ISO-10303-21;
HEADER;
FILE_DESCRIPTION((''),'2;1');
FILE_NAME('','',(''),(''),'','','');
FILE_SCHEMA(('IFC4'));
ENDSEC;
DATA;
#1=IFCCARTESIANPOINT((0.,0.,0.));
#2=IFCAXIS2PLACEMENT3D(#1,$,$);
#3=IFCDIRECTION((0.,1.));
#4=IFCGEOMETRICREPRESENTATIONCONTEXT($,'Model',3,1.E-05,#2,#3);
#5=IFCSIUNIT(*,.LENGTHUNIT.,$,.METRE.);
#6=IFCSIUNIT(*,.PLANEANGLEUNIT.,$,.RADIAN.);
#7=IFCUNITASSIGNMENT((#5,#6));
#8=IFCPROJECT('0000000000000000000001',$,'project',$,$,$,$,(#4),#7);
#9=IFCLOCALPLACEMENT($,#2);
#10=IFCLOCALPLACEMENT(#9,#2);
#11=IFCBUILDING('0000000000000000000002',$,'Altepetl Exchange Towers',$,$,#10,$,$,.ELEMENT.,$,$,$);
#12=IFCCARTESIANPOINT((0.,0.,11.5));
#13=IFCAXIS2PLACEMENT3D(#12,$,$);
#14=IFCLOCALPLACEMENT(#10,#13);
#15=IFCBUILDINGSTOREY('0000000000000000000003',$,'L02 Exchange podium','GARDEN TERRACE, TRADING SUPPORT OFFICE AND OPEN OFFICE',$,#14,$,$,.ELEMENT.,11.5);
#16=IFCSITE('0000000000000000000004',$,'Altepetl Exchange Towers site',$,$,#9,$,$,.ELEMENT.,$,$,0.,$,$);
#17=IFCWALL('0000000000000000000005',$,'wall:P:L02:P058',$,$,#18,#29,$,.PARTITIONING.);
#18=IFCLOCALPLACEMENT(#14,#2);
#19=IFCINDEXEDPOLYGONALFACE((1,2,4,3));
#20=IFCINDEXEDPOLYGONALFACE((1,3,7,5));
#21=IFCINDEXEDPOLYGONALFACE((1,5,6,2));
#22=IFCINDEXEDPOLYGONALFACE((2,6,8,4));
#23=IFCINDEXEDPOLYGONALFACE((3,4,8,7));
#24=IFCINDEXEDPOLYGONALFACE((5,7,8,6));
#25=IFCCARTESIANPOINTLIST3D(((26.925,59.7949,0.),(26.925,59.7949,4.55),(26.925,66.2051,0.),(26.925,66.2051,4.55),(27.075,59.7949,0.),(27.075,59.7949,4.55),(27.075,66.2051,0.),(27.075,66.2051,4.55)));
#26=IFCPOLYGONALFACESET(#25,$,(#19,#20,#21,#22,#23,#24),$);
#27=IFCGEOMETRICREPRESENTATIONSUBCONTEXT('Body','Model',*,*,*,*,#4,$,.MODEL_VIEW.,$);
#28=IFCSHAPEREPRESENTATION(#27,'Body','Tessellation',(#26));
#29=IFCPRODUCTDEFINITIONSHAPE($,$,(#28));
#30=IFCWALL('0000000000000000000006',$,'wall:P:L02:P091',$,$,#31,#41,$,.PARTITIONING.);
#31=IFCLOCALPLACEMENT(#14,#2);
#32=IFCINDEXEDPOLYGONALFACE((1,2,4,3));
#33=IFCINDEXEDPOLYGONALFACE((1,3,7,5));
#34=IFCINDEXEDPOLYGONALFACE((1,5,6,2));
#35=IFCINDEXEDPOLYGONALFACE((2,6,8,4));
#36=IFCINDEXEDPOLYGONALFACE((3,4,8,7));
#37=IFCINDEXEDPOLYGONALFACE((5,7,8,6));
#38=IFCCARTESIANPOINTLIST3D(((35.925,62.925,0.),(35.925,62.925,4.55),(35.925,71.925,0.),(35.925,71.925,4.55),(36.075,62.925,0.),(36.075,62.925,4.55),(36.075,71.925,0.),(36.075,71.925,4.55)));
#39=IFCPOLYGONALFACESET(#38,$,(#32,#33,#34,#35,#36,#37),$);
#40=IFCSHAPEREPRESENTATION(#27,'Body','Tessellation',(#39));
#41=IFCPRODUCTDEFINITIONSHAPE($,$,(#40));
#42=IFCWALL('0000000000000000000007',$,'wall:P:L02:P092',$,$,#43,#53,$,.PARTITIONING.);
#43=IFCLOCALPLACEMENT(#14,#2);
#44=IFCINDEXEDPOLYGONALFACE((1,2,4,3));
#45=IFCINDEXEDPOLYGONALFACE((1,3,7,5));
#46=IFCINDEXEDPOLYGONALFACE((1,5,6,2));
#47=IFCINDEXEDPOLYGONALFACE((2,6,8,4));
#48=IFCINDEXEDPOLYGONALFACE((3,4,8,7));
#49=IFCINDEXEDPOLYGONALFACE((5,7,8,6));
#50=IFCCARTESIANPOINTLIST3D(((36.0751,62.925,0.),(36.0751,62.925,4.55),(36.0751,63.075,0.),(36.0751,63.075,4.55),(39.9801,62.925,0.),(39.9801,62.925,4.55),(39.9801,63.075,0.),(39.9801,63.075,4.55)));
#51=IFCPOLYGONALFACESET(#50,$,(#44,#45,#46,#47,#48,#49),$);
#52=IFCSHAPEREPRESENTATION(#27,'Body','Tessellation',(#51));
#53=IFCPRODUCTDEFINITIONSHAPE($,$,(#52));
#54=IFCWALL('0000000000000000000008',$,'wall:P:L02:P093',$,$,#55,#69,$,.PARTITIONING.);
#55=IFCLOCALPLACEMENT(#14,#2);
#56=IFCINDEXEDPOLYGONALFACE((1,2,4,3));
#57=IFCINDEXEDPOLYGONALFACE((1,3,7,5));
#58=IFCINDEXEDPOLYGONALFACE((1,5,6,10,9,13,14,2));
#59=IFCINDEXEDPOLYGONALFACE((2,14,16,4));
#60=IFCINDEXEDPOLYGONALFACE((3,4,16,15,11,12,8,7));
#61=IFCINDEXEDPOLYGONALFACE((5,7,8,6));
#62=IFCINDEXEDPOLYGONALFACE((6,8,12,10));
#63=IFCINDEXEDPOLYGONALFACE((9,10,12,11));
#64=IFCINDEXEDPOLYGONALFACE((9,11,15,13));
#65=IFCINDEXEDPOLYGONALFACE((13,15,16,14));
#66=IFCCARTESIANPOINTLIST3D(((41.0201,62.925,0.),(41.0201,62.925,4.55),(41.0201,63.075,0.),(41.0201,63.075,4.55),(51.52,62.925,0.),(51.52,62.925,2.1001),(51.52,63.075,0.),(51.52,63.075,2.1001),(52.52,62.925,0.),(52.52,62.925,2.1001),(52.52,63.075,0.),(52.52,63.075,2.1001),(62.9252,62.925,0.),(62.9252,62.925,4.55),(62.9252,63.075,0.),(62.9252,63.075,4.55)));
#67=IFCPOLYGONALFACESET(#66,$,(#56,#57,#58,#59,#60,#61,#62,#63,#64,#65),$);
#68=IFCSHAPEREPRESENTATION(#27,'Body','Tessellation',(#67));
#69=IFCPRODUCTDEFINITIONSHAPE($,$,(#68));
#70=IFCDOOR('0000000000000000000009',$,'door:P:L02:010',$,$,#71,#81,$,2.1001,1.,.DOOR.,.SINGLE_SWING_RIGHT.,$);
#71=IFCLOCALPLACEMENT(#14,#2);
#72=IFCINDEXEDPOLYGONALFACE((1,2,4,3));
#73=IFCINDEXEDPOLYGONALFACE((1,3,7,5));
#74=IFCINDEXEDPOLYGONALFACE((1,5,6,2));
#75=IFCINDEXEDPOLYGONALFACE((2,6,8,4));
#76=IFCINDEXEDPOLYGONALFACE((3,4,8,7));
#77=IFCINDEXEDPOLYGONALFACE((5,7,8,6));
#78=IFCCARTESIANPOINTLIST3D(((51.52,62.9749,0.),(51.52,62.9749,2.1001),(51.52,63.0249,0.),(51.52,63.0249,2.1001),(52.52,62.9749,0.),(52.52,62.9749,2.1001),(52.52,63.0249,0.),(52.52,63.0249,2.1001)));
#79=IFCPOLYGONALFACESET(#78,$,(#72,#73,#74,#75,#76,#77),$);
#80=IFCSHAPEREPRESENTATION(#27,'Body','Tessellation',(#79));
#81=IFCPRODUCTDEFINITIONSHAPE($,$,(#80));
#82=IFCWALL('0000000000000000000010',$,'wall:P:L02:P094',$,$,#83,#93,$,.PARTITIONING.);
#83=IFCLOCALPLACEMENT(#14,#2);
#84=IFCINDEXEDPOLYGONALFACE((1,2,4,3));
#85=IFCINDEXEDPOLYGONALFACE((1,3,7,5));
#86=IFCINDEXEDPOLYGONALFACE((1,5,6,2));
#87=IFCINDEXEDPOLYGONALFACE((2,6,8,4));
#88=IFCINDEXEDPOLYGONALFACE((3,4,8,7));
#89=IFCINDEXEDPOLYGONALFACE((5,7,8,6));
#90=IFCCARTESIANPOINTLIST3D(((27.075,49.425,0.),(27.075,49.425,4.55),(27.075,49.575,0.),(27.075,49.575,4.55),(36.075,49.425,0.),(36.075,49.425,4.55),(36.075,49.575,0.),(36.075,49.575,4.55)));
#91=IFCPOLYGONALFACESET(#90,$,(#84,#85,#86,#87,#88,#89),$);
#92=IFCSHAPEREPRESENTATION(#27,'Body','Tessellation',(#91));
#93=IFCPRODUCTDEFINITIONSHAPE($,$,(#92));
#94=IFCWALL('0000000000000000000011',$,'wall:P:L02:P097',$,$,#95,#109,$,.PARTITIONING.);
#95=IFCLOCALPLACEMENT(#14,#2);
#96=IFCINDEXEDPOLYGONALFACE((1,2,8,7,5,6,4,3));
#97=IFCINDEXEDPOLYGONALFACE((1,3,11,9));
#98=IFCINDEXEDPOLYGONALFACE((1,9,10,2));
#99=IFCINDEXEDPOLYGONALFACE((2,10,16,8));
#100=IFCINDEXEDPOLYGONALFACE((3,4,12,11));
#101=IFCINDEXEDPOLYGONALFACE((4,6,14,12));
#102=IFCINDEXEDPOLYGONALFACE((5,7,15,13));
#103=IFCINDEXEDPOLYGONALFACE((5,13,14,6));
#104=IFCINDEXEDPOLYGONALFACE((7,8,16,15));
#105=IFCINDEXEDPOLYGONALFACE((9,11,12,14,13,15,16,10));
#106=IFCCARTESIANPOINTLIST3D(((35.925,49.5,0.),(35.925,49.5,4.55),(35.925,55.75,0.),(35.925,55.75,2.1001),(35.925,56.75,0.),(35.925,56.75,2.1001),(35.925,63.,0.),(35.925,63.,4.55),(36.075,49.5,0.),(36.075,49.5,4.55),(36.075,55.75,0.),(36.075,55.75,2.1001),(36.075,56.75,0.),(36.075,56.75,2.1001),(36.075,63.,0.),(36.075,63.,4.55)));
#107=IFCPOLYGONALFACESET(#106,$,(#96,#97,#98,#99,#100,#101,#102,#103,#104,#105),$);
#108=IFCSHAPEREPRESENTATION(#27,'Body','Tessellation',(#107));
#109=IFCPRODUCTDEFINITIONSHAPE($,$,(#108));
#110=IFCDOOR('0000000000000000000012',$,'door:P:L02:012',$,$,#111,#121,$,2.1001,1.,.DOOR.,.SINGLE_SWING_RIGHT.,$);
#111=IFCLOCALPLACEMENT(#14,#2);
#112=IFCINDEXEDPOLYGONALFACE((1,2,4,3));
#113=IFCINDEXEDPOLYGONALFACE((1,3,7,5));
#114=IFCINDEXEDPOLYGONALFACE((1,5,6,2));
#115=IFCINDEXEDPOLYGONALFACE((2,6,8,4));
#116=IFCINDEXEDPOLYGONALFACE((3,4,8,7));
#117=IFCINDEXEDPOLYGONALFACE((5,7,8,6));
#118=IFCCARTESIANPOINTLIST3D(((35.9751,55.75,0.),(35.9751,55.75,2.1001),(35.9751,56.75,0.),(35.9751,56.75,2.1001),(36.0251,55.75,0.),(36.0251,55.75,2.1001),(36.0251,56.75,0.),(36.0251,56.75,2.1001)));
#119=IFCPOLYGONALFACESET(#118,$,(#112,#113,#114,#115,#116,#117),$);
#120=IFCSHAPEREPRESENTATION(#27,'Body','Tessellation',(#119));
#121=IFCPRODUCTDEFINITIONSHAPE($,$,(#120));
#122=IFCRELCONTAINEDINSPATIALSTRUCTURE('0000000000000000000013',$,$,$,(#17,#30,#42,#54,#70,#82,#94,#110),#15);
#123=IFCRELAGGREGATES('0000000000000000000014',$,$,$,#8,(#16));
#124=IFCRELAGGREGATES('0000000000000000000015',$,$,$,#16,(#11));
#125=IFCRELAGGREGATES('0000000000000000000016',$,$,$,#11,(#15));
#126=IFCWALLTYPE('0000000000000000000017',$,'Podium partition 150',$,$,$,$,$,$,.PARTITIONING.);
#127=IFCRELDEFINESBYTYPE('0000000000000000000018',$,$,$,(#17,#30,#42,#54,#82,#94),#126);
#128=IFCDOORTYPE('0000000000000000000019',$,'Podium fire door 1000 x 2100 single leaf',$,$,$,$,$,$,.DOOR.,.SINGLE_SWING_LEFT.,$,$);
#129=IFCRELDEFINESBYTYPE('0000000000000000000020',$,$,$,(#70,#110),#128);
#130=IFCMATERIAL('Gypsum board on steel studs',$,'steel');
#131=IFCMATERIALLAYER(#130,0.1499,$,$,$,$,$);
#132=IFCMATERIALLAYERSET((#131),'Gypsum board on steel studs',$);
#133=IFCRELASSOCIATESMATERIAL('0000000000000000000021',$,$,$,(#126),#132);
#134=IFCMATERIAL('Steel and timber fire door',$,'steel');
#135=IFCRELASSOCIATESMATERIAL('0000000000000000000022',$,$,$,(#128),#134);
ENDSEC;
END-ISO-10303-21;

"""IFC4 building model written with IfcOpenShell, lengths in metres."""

from ifc_helpers import new_model, si_unit, direction, frame, frame_2d, origin, place, context, subcontext, project, spatial, rectangle, extrude, material, layer, layer_set, type_object, element, fill, save


model = new_model("IFC4")

# Units and contexts
model_context = context("Model", 3, precision=1e-05, world=origin(), true_north=direction((0.0, 1.0)))
body_context = subcontext(model_context, "Body", "Model", "MODEL_VIEW")
ifc_project = project(units=[si_unit("LENGTHUNIT", "METRE"), si_unit("PLANEANGLEUNIT", "RADIAN")], contexts=[model_context])

# Site, building, storey
site_placement = place(None, origin())
site = spatial("IfcSite", under=ifc_project, at=site_placement, Name="Altepetl Exchange Towers site", CompositionType="ELEMENT", RefElevation=0.0)
building_placement = place(site_placement, origin())
building = spatial("IfcBuilding", under=site, at=building_placement, Name="Altepetl Exchange Towers", CompositionType="ELEMENT")
storey_placement = place(building_placement, frame((0.0, 0.0, 11.5)))
storey = spatial("IfcBuildingStorey", under=building, at=storey_placement, Name="L02 Exchange podium", Description="GARDEN TERRACE, TRADING SUPPORT OFFICE AND OPEN OFFICE", CompositionType="ELEMENT", Elevation=11.5)

# Shared definitions
ifc_material_1 = material(Name="Gypsum board on steel studs", Category="steel")
ifc_layer_1 = layer(ifc_material_1, 0.1499)
ifc_layer_set_1 = layer_set([ifc_layer_1], Name="Gypsum board on steel studs")
wall_type_1 = type_object("IfcWallType", Name="Podium partition 150", PredefinedType="PARTITIONING", material=ifc_layer_set_1)

# Shared definitions
ifc_material_2 = material(Name="Steel and timber fire door", Category="steel")
door_type_1 = type_object("IfcDoorType", Name="Podium fire door 1000 x 2100 single leaf", OperationType="SINGLE_SWING_LEFT", PredefinedType="DOOR", material=ifc_material_2)

# Walls
wall_1_placement = place(storey_placement, frame((27.0, 59.7949, 0.0), z_axis=(0.0, 0.0, 1.0), x_axis=(0.0, 1.0, 0.0)))
element("IfcWall", 1, at=wall_1_placement, inside=storey, type_object=wall_type_1, Name="wall:P:L02:P058", PredefinedType="PARTITIONING", context=body_context, shape_type="SweptSolid", body=[
    extrude(rectangle(XDim=6.4102, YDim=0.1499, at=frame_2d((3.2051, 0.0))), origin(), (0.0, 0.0, 1.0), 4.55),
])
wall_2_placement = place(storey_placement, frame((36.0, 62.925, 0.0), z_axis=(0.0, 0.0, 1.0), x_axis=(0.0, 1.0, 0.0)))
element("IfcWall", 2, at=wall_2_placement, inside=storey, type_object=wall_type_1, Name="wall:P:L02:P091", PredefinedType="PARTITIONING", context=body_context, shape_type="SweptSolid", body=[
    extrude(rectangle(XDim=9.0, YDim=0.1499, at=frame_2d((4.5, 0.0))), origin(), (0.0, 0.0, 1.0), 4.55),
])
wall_3_placement = place(storey_placement, frame((36.075, 63.0, 0.0)))
element("IfcWall", 3, at=wall_3_placement, inside=storey, type_object=wall_type_1, Name="wall:P:L02:P092", PredefinedType="PARTITIONING", context=body_context, shape_type="SweptSolid", body=[
    extrude(rectangle(XDim=3.905, YDim=0.1499, at=frame_2d((1.9526, 0.0))), origin(), (0.0, 0.0, 1.0), 4.55),
])

# Wall, opening, door
wall_4_placement = place(storey_placement, frame((41.02, 63.0, 0.0)))
wall_4 = element("IfcWall", 4, at=wall_4_placement, inside=storey, type_object=wall_type_1, Name="wall:P:L02:P093", PredefinedType="PARTITIONING", context=body_context, shape_type="SweptSolid", body=[
    extrude(rectangle(XDim=21.905, YDim=0.1499, at=frame_2d((10.9526, 0.0))), origin(), (0.0, 0.0, 1.0), 4.55),
])
opening_1_placement = place(wall_4_placement, frame((10.5, 0.0, 0.0)))
opening_1 = element("IfcOpeningElement", 5, at=opening_1_placement, cuts=wall_4, PredefinedType="OPENING", context=body_context, shape_type="SweptSolid", body=[
    extrude(rectangle(XDim=1.0, YDim=2.1001, at=frame_2d((0.5, 1.05))), frame((0.0, 0.085, 0.0), z_axis=(0.0, -1.0, 0.0), x_axis=(1.0, 0.0, 0.0)), (0.0, 0.0, 1.0), 0.1699),
])
door_1_placement = place(opening_1_placement, origin())
door_1 = element("IfcDoor", 6, at=door_1_placement, inside=storey, type_object=door_type_1, Name="door:P:L02:010", OperationType="SINGLE_SWING_RIGHT", OverallHeight=2.1001, OverallWidth=1.0, PredefinedType="DOOR", context=body_context, shape_type="SweptSolid", body=[
    extrude(rectangle(XDim=1.0, YDim=2.1001, at=frame_2d((0.5, 1.05))), frame((0.0, 0.0249, 0.0), z_axis=(0.0, -1.0, 0.0), x_axis=(1.0, 0.0, 0.0)), (0.0, 0.0, 1.0), 0.05),
])
fill(opening_1, door_1)

# Wall
wall_5_placement = place(storey_placement, frame((27.075, 49.5, 0.0)))
element("IfcWall", 7, at=wall_5_placement, inside=storey, type_object=wall_type_1, Name="wall:P:L02:P094", PredefinedType="PARTITIONING", context=body_context, shape_type="SweptSolid", body=[
    extrude(rectangle(XDim=9.0, YDim=0.1499, at=frame_2d((4.5, 0.0))), origin(), (0.0, 0.0, 1.0), 4.55),
])

# Wall, opening, door
wall_6_placement = place(storey_placement, frame((36.0, 49.5, 0.0), z_axis=(0.0, 0.0, 1.0), x_axis=(0.0, 1.0, 0.0)))
wall_6 = element("IfcWall", 8, at=wall_6_placement, inside=storey, type_object=wall_type_1, Name="wall:P:L02:P097", PredefinedType="PARTITIONING", context=body_context, shape_type="SweptSolid", body=[
    extrude(rectangle(XDim=13.5, YDim=0.1499, at=frame_2d((6.75, 0.0))), origin(), (0.0, 0.0, 1.0), 4.55),
])
opening_2_placement = place(wall_6_placement, frame((6.25, 0.0, 0.0)))
opening_2 = element("IfcOpeningElement", 9, at=opening_2_placement, cuts=wall_6, PredefinedType="OPENING", context=body_context, shape_type="SweptSolid", body=[
    extrude(rectangle(XDim=1.0, YDim=2.1001, at=frame_2d((0.5, 1.05))), frame((0.0, 0.085, 0.0), z_axis=(0.0, -1.0, 0.0), x_axis=(1.0, 0.0, 0.0)), (0.0, 0.0, 1.0), 0.1699),
])
door_2_placement = place(opening_2_placement, origin())
door_2 = element("IfcDoor", 10, at=door_2_placement, inside=storey, type_object=door_type_1, Name="door:P:L02:012", OperationType="SINGLE_SWING_RIGHT", OverallHeight=2.1001, OverallWidth=1.0, PredefinedType="DOOR", context=body_context, shape_type="SweptSolid", body=[
    extrude(rectangle(XDim=1.0, YDim=2.1001, at=frame_2d((0.5, 1.05))), frame((0.0, 0.0249, 0.0), z_axis=(0.0, -1.0, 0.0), x_axis=(1.0, 0.0, 0.0)), (0.0, 0.0, 1.0), 0.05),
])
fill(opening_2, door_2)

save(model, "model.ifc")
